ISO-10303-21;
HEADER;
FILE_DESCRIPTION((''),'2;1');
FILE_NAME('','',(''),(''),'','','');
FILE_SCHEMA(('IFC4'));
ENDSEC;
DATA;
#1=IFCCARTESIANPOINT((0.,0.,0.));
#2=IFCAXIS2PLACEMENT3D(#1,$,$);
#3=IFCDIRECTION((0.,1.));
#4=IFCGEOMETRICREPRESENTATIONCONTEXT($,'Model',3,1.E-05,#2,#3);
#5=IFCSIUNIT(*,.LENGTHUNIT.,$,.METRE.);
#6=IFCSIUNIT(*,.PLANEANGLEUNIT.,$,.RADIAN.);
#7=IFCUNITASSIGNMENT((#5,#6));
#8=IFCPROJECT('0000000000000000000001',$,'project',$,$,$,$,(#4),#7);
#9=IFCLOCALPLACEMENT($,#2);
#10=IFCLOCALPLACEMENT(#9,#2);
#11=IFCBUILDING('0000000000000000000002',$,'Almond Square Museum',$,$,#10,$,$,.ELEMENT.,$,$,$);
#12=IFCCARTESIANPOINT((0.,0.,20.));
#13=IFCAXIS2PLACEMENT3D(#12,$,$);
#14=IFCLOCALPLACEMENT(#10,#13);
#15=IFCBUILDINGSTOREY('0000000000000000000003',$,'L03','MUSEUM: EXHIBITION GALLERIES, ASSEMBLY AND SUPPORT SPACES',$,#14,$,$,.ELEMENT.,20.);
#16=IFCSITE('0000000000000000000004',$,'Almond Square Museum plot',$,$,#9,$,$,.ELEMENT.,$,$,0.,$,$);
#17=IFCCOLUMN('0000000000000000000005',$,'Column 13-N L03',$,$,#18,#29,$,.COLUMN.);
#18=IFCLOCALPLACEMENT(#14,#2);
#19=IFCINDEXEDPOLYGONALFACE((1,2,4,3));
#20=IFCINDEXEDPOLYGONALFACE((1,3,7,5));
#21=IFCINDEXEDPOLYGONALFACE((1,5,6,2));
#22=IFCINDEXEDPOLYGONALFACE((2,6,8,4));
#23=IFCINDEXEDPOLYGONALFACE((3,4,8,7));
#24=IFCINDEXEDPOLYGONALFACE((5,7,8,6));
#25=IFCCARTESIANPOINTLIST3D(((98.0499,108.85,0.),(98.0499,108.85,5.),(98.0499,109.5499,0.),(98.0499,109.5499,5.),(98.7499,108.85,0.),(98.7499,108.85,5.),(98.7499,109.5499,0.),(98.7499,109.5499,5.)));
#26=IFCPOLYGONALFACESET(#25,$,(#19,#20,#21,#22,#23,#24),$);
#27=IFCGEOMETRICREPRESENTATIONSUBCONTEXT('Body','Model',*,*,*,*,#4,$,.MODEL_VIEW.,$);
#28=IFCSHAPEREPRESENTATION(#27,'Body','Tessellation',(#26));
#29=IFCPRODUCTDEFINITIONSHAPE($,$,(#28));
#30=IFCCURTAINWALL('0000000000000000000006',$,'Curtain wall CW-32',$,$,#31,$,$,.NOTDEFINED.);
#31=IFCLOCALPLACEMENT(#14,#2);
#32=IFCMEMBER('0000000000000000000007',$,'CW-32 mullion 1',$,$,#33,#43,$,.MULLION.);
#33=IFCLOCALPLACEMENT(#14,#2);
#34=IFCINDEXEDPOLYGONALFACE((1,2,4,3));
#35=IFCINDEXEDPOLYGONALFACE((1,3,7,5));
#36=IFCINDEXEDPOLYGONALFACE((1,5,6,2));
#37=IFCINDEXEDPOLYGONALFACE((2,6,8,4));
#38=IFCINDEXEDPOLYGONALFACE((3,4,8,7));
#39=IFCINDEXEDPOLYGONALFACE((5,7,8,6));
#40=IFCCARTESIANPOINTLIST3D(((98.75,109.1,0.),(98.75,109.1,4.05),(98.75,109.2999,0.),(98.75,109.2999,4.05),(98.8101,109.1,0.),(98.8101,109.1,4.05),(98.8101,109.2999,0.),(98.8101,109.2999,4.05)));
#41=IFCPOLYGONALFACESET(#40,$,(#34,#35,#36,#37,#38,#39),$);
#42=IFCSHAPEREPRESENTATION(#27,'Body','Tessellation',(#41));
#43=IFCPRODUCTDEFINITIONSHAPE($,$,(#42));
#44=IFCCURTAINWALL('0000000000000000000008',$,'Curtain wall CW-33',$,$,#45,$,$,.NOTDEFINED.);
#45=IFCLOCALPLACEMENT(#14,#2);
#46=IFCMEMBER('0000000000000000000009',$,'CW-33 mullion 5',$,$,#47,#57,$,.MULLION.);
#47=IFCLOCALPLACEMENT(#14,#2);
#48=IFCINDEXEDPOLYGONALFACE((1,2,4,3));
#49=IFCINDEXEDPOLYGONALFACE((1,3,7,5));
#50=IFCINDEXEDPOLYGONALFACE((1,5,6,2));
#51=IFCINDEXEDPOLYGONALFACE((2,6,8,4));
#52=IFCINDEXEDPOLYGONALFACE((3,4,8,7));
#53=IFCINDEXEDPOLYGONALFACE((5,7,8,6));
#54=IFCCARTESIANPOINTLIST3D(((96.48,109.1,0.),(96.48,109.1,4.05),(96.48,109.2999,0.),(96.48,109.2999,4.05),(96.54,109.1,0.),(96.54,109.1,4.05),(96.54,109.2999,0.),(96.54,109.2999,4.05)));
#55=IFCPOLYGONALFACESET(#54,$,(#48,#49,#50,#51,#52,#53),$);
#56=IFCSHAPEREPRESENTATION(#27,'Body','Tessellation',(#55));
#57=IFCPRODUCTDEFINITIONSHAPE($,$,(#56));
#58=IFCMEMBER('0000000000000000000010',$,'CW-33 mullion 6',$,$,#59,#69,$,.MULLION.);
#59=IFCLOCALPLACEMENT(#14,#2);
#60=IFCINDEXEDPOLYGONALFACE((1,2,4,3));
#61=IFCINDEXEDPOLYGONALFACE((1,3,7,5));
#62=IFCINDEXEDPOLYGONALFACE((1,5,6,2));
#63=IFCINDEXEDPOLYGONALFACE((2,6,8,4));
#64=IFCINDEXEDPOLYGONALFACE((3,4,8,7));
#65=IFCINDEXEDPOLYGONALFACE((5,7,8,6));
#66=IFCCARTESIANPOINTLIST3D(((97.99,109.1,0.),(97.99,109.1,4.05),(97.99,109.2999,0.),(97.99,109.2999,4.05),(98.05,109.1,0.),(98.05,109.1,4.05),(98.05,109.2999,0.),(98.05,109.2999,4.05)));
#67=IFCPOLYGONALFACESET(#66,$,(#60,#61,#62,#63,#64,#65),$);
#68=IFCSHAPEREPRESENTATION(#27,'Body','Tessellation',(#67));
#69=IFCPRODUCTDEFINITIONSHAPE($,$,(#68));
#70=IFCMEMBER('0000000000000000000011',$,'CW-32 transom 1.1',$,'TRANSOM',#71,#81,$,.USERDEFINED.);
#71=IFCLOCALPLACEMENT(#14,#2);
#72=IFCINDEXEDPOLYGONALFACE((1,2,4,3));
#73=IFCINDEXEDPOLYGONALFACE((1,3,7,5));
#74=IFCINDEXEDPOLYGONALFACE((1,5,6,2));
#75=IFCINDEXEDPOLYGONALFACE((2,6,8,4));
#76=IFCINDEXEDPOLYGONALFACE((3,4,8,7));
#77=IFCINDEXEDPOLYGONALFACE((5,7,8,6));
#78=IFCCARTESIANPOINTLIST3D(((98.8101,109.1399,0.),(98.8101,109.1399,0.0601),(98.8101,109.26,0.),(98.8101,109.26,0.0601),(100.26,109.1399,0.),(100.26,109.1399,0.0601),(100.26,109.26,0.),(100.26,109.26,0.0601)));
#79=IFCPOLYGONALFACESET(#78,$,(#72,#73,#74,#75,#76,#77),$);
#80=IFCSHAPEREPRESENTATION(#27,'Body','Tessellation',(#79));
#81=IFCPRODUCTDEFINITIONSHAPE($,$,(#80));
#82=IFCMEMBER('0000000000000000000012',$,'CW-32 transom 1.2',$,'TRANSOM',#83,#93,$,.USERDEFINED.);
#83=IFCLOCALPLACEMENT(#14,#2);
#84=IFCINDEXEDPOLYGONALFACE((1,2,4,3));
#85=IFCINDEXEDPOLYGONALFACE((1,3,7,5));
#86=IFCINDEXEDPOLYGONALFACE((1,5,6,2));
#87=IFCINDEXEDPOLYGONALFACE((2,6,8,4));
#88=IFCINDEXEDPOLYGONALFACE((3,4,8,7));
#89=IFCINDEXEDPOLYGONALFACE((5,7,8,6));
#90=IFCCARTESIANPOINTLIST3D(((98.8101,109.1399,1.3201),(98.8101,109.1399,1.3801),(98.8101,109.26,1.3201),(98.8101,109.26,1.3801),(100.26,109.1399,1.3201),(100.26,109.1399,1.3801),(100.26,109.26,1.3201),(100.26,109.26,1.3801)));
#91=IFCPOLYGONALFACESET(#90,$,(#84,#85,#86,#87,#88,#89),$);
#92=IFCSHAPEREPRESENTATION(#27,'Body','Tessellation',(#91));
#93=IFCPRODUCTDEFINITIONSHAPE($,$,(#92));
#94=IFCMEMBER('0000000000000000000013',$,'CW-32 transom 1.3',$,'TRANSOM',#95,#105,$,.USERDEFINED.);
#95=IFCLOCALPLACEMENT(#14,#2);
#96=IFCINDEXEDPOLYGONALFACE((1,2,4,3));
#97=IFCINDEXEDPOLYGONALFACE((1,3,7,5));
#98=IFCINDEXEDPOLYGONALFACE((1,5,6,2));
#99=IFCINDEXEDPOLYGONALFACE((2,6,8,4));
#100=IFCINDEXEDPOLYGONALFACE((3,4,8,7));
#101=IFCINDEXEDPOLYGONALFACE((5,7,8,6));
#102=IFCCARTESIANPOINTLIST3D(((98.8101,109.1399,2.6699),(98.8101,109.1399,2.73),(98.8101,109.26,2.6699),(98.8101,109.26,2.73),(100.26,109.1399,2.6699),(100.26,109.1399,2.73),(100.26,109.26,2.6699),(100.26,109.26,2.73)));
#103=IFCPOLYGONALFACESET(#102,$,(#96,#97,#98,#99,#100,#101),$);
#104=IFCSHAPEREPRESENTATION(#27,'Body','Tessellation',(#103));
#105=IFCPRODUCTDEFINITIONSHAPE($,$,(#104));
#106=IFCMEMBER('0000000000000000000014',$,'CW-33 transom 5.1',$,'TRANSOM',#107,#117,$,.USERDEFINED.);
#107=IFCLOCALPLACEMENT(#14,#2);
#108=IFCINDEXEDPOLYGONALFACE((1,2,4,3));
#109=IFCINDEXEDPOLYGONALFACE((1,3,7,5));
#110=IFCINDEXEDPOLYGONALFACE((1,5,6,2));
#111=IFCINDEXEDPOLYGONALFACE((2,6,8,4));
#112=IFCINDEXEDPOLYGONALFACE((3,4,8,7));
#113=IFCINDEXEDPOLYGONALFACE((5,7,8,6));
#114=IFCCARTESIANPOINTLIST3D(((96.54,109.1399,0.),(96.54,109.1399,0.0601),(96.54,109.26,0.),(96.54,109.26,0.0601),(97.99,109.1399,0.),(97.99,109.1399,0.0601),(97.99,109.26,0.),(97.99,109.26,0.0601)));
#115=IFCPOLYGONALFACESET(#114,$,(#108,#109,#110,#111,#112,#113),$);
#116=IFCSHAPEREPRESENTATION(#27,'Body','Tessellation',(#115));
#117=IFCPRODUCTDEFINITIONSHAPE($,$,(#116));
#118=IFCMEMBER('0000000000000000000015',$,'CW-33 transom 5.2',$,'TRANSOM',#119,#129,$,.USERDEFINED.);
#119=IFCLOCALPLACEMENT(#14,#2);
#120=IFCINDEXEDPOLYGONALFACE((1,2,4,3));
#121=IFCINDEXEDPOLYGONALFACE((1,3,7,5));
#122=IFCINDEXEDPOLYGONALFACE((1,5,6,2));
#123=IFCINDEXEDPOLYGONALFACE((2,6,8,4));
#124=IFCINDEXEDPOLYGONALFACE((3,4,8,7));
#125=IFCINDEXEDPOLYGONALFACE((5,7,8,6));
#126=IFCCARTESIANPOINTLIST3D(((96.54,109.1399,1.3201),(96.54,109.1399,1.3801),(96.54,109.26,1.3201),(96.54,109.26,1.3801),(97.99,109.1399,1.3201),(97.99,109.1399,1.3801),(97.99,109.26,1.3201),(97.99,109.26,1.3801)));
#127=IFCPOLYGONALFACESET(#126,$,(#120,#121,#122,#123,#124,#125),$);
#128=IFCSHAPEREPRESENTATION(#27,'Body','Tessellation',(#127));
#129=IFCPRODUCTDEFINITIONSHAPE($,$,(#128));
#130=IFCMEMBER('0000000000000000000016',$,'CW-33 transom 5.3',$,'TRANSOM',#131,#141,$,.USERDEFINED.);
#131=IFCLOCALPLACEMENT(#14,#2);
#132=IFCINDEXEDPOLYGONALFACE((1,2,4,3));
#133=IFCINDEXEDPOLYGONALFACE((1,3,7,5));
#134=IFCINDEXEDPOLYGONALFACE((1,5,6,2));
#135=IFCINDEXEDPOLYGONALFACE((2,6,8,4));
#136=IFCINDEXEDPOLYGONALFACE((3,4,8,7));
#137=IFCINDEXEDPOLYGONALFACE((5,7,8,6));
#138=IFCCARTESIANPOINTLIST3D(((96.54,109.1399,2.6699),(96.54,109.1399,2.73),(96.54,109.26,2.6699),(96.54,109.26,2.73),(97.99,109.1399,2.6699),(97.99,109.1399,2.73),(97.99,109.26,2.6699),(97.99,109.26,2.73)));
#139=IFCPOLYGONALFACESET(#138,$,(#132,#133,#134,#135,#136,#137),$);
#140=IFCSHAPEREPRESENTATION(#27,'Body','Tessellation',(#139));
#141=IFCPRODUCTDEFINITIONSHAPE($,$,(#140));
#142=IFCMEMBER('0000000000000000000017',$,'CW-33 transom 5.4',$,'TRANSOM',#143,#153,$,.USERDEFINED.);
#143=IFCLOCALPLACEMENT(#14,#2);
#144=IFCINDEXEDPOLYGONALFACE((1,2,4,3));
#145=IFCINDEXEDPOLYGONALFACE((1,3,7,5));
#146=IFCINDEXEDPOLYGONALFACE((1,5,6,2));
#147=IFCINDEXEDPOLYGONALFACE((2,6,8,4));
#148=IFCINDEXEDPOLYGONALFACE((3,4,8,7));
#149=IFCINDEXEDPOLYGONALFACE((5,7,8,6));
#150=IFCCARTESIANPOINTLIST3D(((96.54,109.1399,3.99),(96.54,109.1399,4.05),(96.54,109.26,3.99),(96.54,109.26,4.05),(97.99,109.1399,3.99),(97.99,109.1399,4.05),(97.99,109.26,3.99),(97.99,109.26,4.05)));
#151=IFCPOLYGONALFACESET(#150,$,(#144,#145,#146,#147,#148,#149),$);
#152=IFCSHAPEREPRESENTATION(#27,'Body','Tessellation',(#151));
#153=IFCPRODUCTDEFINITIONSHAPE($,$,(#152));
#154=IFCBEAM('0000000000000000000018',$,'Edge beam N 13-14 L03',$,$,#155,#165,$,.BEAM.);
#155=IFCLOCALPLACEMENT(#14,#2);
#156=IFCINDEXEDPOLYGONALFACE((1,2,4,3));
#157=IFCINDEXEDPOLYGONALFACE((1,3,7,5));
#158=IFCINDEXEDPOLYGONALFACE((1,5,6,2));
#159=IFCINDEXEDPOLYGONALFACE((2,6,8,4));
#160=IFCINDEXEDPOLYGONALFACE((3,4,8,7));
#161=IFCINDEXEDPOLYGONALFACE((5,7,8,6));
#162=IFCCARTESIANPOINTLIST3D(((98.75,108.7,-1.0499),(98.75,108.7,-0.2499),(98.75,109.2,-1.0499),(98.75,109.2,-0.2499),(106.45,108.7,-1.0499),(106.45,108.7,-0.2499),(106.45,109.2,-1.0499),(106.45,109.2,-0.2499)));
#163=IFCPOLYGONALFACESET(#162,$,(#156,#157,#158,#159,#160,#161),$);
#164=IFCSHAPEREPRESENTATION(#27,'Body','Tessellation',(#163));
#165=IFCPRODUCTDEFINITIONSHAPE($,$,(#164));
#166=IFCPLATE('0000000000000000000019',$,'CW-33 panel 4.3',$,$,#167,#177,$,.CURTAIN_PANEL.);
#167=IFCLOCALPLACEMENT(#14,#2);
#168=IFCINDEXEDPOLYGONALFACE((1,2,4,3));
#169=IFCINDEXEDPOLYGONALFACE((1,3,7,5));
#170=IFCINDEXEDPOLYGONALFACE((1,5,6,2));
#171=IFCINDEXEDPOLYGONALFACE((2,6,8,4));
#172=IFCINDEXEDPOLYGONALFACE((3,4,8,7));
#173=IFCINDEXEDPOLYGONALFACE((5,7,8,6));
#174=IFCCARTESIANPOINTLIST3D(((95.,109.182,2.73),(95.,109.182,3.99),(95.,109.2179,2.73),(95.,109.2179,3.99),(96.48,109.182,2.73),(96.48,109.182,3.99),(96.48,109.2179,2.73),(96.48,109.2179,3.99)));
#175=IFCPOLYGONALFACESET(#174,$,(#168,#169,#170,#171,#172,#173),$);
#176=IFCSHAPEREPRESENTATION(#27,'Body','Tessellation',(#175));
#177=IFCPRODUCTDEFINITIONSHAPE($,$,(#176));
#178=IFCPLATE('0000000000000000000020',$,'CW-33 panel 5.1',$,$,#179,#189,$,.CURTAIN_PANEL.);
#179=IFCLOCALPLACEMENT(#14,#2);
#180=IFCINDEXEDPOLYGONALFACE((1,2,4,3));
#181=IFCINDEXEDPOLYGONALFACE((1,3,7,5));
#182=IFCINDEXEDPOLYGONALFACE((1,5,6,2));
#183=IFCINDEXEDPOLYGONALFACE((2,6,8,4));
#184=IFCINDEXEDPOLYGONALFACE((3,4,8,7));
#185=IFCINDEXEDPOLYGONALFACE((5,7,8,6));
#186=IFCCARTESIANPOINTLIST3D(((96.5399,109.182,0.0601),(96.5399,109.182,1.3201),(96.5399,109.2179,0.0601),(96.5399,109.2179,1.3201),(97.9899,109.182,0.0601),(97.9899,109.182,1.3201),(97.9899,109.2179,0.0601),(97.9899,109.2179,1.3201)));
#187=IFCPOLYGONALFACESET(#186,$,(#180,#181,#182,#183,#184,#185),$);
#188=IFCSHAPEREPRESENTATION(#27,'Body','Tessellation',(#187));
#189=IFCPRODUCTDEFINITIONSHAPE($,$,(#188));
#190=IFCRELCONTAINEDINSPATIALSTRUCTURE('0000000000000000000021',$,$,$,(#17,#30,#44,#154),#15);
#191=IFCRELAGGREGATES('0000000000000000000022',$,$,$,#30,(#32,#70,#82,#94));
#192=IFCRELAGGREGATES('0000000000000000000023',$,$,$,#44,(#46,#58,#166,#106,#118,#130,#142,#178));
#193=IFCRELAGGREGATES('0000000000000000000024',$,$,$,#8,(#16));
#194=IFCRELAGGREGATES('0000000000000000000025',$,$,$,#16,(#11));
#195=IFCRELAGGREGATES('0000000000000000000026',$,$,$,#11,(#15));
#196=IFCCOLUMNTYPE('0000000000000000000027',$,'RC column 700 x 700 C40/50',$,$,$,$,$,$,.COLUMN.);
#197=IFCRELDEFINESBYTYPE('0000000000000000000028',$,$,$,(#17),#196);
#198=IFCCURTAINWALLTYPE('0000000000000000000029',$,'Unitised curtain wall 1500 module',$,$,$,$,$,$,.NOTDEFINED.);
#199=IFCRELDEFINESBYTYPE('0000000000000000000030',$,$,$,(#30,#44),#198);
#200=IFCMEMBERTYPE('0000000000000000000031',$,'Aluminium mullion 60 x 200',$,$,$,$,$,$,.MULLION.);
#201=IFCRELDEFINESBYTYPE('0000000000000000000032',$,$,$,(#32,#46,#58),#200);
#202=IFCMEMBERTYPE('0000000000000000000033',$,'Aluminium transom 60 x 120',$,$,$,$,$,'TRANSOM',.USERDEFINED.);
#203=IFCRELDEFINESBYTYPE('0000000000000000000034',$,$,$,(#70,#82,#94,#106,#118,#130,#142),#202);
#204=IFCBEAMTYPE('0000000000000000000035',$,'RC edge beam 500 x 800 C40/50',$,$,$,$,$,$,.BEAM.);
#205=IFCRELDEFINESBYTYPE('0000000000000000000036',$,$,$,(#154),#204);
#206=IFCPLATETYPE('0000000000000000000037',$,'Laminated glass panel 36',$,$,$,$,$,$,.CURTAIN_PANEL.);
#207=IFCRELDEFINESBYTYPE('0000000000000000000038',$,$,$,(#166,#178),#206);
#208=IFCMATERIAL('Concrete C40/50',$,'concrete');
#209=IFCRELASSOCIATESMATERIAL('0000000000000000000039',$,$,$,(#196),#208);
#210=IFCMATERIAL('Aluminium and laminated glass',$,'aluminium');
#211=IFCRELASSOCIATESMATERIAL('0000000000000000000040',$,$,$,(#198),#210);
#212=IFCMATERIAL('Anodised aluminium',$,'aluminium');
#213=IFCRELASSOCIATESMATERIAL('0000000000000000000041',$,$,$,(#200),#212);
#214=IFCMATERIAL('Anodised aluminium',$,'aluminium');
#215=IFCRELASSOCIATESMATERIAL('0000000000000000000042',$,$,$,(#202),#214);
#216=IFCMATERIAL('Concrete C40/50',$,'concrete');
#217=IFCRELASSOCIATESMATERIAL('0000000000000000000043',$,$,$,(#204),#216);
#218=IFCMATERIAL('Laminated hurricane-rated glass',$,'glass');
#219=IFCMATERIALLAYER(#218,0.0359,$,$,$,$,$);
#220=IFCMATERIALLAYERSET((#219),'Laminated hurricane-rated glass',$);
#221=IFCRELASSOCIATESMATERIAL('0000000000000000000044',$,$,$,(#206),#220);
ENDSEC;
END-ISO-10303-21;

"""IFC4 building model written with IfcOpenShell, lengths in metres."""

from ifc_helpers import new_model, si_unit, direction, frame, origin, origin_2d, place, context, subcontext, project, spatial, rectangle, extrude, material, layer, layer_set, material_profile, profile_set, type_object, element, aggregate, save


model = new_model("IFC4")

# Units and contexts
model_context = context("Model", 3, precision=1e-05, world=origin(), true_north=direction((0.0, 1.0)))
body_context = subcontext(model_context, "Body", "Model", "MODEL_VIEW")
ifc_project = project(units=[si_unit("LENGTHUNIT", "METRE"), si_unit("PLANEANGLEUNIT", "RADIAN")], contexts=[model_context])

# Site, building, storey
site_placement = place(None, origin())
site = spatial("IfcSite", under=ifc_project, at=site_placement, Name="Almond Square Museum plot", CompositionType="ELEMENT", RefElevation=0.0)
building_placement = place(site_placement, origin())
building = spatial("IfcBuilding", under=site, at=building_placement, Name="Almond Square Museum", CompositionType="ELEMENT")
storey_placement = place(building_placement, frame((0.0, 0.0, 20.0)))
storey = spatial("IfcBuildingStorey", under=building, at=storey_placement, Name="L03", Description="MUSEUM: EXHIBITION GALLERIES, ASSEMBLY AND SUPPORT SPACES", CompositionType="ELEMENT", Elevation=20.0)

# Column
ifc_material_1 = material(Name="Concrete C40/50", Category="concrete")
ifc_material_profile_1 = material_profile(ifc_material_1, rectangle(XDim=0.7, YDim=0.7, at=origin_2d()))
ifc_profile_set_1 = profile_set([ifc_material_profile_1], Name="Concrete C40/50")
column_type = type_object("IfcColumnType", Name="RC column 700 x 700 C40/50", PredefinedType="COLUMN", material=ifc_profile_set_1)
column_placement = place(storey_placement, frame((98.3999, 109.2, 0.0), z_axis=(0.0, 0.0, 1.0), x_axis=(1.0, 0.0, 0.0)))
element("IfcColumn", 1, at=column_placement, inside=storey, type_object=column_type, Name="Column 13-N L03", PredefinedType="COLUMN", context=body_context, shape_type="SweptSolid", body=[
    extrude(rectangle(XDim=0.7, YDim=0.7, at=origin_2d()), origin(), (0.0, 0.0, 1.0), 5.0),
])

# Curtain wall, member
ifc_material_2 = material(Name="Aluminium and laminated glass", Category="aluminium")
curtain_wall_type = type_object("IfcCurtainWallType", Name="Unitised curtain wall 1500 module", PredefinedType="NOTDEFINED", material=ifc_material_2)
curtain_wall_1_placement = place(storey_placement, origin())
curtain_wall_1 = element("IfcCurtainWall", 2, at=curtain_wall_1_placement, inside=storey, type_object=curtain_wall_type, Name="Curtain wall CW-32", PredefinedType="NOTDEFINED")
ifc_material_3 = material(Name="Anodised aluminium", Category="aluminium")
ifc_material_profile_2 = material_profile(ifc_material_3, rectangle(XDim=0.2, YDim=0.0601, at=origin_2d()))
ifc_profile_set_2 = profile_set([ifc_material_profile_2], Name="Anodised aluminium")
member_type_1 = type_object("IfcMemberType", Name="Aluminium mullion 60 x 200", PredefinedType="MULLION", material=ifc_profile_set_2)
member_1_placement = place(storey_placement, frame((98.78, 109.2, 0.0), z_axis=(0.0, 0.0, 1.0), x_axis=(0.0, 1.0, 0.0)))
member_1 = element("IfcMember", 3, at=member_1_placement, type_object=member_type_1, Name="CW-32 mullion 1", PredefinedType="MULLION", context=body_context, shape_type="SweptSolid", body=[
    extrude(rectangle(XDim=0.2, YDim=0.0601, at=origin_2d()), origin(), (0.0, 0.0, 1.0), 4.05),
])

# Curtain wall, members
curtain_wall_2_placement = place(storey_placement, origin())
curtain_wall_2 = element("IfcCurtainWall", 4, at=curtain_wall_2_placement, inside=storey, type_object=curtain_wall_type, Name="Curtain wall CW-33", PredefinedType="NOTDEFINED")
member_2_placement = place(storey_placement, frame((96.51, 109.2, 0.0), z_axis=(0.0, 0.0, 1.0), x_axis=(0.0, 1.0, 0.0)))
member_2 = element("IfcMember", 5, at=member_2_placement, type_object=member_type_1, Name="CW-33 mullion 5", PredefinedType="MULLION", context=body_context, shape_type="SweptSolid", body=[
    extrude(rectangle(XDim=0.2, YDim=0.0601, at=origin_2d()), origin(), (0.0, 0.0, 1.0), 4.05),
])
member_3_placement = place(storey_placement, frame((98.02, 109.2, 0.0), z_axis=(0.0, 0.0, 1.0), x_axis=(0.0, 1.0, 0.0)))
member_3 = element("IfcMember", 6, at=member_3_placement, type_object=member_type_1, Name="CW-33 mullion 6", PredefinedType="MULLION", context=body_context, shape_type="SweptSolid", body=[
    extrude(rectangle(XDim=0.2, YDim=0.0601, at=origin_2d()), origin(), (0.0, 0.0, 1.0), 4.05),
])

# Members
ifc_material_4 = material(Name="Anodised aluminium", Category="aluminium")
ifc_material_profile_3 = material_profile(ifc_material_4, rectangle(XDim=0.1201, YDim=0.0601, at=origin_2d()))
ifc_profile_set_3 = profile_set([ifc_material_profile_3], Name="Anodised aluminium")
member_type_2 = type_object("IfcMemberType", Name="Aluminium transom 60 x 120", ElementType="TRANSOM", PredefinedType="USERDEFINED", material=ifc_profile_set_3)
member_4_placement = place(storey_placement, frame((98.8101, 109.2, 0.03), z_axis=(1.0, 0.0, 0.0), x_axis=(0.0, 1.0, 0.0)))
member_4 = element("IfcMember", 7, at=member_4_placement, type_object=member_type_2, Name="CW-32 transom 1.1", ObjectType="TRANSOM", PredefinedType="USERDEFINED", context=body_context, shape_type="SweptSolid", body=[
    extrude(rectangle(XDim=0.1201, YDim=0.0601, at=origin_2d()), origin(), (0.0, 0.0, 1.0), 1.45),
])
member_5_placement = place(storey_placement, frame((98.8101, 109.2, 1.3501), z_axis=(1.0, 0.0, 0.0), x_axis=(0.0, 1.0, 0.0)))
member_5 = element("IfcMember", 8, at=member_5_placement, type_object=member_type_2, Name="CW-32 transom 1.2", ObjectType="TRANSOM", PredefinedType="USERDEFINED", context=body_context, shape_type="SweptSolid", body=[
    extrude(rectangle(XDim=0.1201, YDim=0.0601, at=origin_2d()), origin(), (0.0, 0.0, 1.0), 1.45),
])
member_6_placement = place(storey_placement, frame((98.8101, 109.2, 2.7), z_axis=(1.0, 0.0, 0.0), x_axis=(0.0, 1.0, 0.0)))
member_6 = element("IfcMember", 9, at=member_6_placement, type_object=member_type_2, Name="CW-32 transom 1.3", ObjectType="TRANSOM", PredefinedType="USERDEFINED", context=body_context, shape_type="SweptSolid", body=[
    extrude(rectangle(XDim=0.1201, YDim=0.0601, at=origin_2d()), origin(), (0.0, 0.0, 1.0), 1.45),
])
aggregate(curtain_wall_1, [member_1, member_4, member_5, member_6])
member_7_placement = place(storey_placement, frame((96.54, 109.2, 0.03), z_axis=(1.0, 0.0, 0.0), x_axis=(0.0, 1.0, 0.0)))
member_7 = element("IfcMember", 10, at=member_7_placement, type_object=member_type_2, Name="CW-33 transom 5.1", ObjectType="TRANSOM", PredefinedType="USERDEFINED", context=body_context, shape_type="SweptSolid", body=[
    extrude(rectangle(XDim=0.1201, YDim=0.0601, at=origin_2d()), origin(), (0.0, 0.0, 1.0), 1.45),
])
member_8_placement = place(storey_placement, frame((96.54, 109.2, 1.3501), z_axis=(1.0, 0.0, 0.0), x_axis=(0.0, 1.0, 0.0)))
member_8 = element("IfcMember", 11, at=member_8_placement, type_object=member_type_2, Name="CW-33 transom 5.2", ObjectType="TRANSOM", PredefinedType="USERDEFINED", context=body_context, shape_type="SweptSolid", body=[
    extrude(rectangle(XDim=0.1201, YDim=0.0601, at=origin_2d()), origin(), (0.0, 0.0, 1.0), 1.45),
])
member_9_placement = place(storey_placement, frame((96.54, 109.2, 2.7), z_axis=(1.0, 0.0, 0.0), x_axis=(0.0, 1.0, 0.0)))
member_9 = element("IfcMember", 12, at=member_9_placement, type_object=member_type_2, Name="CW-33 transom 5.3", ObjectType="TRANSOM", PredefinedType="USERDEFINED", context=body_context, shape_type="SweptSolid", body=[
    extrude(rectangle(XDim=0.1201, YDim=0.0601, at=origin_2d()), origin(), (0.0, 0.0, 1.0), 1.45),
])
member_10_placement = place(storey_placement, frame((96.54, 109.2, 4.02), z_axis=(1.0, 0.0, 0.0), x_axis=(0.0, 1.0, 0.0)))
member_10 = element("IfcMember", 13, at=member_10_placement, type_object=member_type_2, Name="CW-33 transom 5.4", ObjectType="TRANSOM", PredefinedType="USERDEFINED", context=body_context, shape_type="SweptSolid", body=[
    extrude(rectangle(XDim=0.1201, YDim=0.0601, at=origin_2d()), origin(), (0.0, 0.0, 1.0), 1.45),
])

# Beam
ifc_material_5 = material(Name="Concrete C40/50", Category="concrete")
ifc_material_profile_4 = material_profile(ifc_material_5, rectangle(XDim=0.5, YDim=0.8, at=origin_2d()))
ifc_profile_set_4 = profile_set([ifc_material_profile_4], Name="Concrete C40/50")
beam_type = type_object("IfcBeamType", Name="RC edge beam 500 x 800 C40/50", PredefinedType="BEAM", material=ifc_profile_set_4)
beam_placement = place(storey_placement, frame((98.75, 108.95, -0.6499), z_axis=(1.0, 0.0, 0.0), x_axis=(0.0, 1.0, 0.0)))
element("IfcBeam", 14, at=beam_placement, inside=storey, type_object=beam_type, Name="Edge beam N 13-14 L03", PredefinedType="BEAM", context=body_context, shape_type="SweptSolid", body=[
    extrude(rectangle(XDim=0.5, YDim=0.8, at=origin_2d()), origin(), (0.0, 0.0, 1.0), 7.7),
])

# Plates
ifc_material_6 = material(Name="Laminated hurricane-rated glass", Category="glass")
ifc_layer_1 = layer(ifc_material_6, 0.0359)
ifc_layer_set_1 = layer_set([ifc_layer_1], Name="Laminated hurricane-rated glass")
plate_type = type_object("IfcPlateType", Name="Laminated glass panel 36", PredefinedType="CURTAIN_PANEL", material=ifc_layer_set_1)
plate_1_placement = place(storey_placement, frame((95.74, 109.2, 2.73), z_axis=(0.0, 0.0, 1.0), x_axis=(1.0, 0.0, 0.0)))
plate_1 = element("IfcPlate", 15, at=plate_1_placement, type_object=plate_type, Name="CW-33 panel 4.3", PredefinedType="CURTAIN_PANEL", context=body_context, shape_type="SweptSolid", body=[
    extrude(rectangle(XDim=1.48, YDim=0.0359, at=origin_2d()), origin(), (0.0, 0.0, 1.0), 1.26),
])
plate_2_placement = place(storey_placement, frame((97.2649, 109.2, 0.0601), z_axis=(0.0, 0.0, 1.0), x_axis=(1.0, 0.0, 0.0)))
plate_2 = element("IfcPlate", 16, at=plate_2_placement, type_object=plate_type, Name="CW-33 panel 5.1", PredefinedType="CURTAIN_PANEL", context=body_context, shape_type="SweptSolid", body=[
    extrude(rectangle(XDim=1.45, YDim=0.0359, at=origin_2d()), origin(), (0.0, 0.0, 1.0), 1.26),
])
aggregate(curtain_wall_2, [member_2, member_3, plate_1, member_7, member_8, member_9, member_10, plate_2])

save(model, "model.ifc")
